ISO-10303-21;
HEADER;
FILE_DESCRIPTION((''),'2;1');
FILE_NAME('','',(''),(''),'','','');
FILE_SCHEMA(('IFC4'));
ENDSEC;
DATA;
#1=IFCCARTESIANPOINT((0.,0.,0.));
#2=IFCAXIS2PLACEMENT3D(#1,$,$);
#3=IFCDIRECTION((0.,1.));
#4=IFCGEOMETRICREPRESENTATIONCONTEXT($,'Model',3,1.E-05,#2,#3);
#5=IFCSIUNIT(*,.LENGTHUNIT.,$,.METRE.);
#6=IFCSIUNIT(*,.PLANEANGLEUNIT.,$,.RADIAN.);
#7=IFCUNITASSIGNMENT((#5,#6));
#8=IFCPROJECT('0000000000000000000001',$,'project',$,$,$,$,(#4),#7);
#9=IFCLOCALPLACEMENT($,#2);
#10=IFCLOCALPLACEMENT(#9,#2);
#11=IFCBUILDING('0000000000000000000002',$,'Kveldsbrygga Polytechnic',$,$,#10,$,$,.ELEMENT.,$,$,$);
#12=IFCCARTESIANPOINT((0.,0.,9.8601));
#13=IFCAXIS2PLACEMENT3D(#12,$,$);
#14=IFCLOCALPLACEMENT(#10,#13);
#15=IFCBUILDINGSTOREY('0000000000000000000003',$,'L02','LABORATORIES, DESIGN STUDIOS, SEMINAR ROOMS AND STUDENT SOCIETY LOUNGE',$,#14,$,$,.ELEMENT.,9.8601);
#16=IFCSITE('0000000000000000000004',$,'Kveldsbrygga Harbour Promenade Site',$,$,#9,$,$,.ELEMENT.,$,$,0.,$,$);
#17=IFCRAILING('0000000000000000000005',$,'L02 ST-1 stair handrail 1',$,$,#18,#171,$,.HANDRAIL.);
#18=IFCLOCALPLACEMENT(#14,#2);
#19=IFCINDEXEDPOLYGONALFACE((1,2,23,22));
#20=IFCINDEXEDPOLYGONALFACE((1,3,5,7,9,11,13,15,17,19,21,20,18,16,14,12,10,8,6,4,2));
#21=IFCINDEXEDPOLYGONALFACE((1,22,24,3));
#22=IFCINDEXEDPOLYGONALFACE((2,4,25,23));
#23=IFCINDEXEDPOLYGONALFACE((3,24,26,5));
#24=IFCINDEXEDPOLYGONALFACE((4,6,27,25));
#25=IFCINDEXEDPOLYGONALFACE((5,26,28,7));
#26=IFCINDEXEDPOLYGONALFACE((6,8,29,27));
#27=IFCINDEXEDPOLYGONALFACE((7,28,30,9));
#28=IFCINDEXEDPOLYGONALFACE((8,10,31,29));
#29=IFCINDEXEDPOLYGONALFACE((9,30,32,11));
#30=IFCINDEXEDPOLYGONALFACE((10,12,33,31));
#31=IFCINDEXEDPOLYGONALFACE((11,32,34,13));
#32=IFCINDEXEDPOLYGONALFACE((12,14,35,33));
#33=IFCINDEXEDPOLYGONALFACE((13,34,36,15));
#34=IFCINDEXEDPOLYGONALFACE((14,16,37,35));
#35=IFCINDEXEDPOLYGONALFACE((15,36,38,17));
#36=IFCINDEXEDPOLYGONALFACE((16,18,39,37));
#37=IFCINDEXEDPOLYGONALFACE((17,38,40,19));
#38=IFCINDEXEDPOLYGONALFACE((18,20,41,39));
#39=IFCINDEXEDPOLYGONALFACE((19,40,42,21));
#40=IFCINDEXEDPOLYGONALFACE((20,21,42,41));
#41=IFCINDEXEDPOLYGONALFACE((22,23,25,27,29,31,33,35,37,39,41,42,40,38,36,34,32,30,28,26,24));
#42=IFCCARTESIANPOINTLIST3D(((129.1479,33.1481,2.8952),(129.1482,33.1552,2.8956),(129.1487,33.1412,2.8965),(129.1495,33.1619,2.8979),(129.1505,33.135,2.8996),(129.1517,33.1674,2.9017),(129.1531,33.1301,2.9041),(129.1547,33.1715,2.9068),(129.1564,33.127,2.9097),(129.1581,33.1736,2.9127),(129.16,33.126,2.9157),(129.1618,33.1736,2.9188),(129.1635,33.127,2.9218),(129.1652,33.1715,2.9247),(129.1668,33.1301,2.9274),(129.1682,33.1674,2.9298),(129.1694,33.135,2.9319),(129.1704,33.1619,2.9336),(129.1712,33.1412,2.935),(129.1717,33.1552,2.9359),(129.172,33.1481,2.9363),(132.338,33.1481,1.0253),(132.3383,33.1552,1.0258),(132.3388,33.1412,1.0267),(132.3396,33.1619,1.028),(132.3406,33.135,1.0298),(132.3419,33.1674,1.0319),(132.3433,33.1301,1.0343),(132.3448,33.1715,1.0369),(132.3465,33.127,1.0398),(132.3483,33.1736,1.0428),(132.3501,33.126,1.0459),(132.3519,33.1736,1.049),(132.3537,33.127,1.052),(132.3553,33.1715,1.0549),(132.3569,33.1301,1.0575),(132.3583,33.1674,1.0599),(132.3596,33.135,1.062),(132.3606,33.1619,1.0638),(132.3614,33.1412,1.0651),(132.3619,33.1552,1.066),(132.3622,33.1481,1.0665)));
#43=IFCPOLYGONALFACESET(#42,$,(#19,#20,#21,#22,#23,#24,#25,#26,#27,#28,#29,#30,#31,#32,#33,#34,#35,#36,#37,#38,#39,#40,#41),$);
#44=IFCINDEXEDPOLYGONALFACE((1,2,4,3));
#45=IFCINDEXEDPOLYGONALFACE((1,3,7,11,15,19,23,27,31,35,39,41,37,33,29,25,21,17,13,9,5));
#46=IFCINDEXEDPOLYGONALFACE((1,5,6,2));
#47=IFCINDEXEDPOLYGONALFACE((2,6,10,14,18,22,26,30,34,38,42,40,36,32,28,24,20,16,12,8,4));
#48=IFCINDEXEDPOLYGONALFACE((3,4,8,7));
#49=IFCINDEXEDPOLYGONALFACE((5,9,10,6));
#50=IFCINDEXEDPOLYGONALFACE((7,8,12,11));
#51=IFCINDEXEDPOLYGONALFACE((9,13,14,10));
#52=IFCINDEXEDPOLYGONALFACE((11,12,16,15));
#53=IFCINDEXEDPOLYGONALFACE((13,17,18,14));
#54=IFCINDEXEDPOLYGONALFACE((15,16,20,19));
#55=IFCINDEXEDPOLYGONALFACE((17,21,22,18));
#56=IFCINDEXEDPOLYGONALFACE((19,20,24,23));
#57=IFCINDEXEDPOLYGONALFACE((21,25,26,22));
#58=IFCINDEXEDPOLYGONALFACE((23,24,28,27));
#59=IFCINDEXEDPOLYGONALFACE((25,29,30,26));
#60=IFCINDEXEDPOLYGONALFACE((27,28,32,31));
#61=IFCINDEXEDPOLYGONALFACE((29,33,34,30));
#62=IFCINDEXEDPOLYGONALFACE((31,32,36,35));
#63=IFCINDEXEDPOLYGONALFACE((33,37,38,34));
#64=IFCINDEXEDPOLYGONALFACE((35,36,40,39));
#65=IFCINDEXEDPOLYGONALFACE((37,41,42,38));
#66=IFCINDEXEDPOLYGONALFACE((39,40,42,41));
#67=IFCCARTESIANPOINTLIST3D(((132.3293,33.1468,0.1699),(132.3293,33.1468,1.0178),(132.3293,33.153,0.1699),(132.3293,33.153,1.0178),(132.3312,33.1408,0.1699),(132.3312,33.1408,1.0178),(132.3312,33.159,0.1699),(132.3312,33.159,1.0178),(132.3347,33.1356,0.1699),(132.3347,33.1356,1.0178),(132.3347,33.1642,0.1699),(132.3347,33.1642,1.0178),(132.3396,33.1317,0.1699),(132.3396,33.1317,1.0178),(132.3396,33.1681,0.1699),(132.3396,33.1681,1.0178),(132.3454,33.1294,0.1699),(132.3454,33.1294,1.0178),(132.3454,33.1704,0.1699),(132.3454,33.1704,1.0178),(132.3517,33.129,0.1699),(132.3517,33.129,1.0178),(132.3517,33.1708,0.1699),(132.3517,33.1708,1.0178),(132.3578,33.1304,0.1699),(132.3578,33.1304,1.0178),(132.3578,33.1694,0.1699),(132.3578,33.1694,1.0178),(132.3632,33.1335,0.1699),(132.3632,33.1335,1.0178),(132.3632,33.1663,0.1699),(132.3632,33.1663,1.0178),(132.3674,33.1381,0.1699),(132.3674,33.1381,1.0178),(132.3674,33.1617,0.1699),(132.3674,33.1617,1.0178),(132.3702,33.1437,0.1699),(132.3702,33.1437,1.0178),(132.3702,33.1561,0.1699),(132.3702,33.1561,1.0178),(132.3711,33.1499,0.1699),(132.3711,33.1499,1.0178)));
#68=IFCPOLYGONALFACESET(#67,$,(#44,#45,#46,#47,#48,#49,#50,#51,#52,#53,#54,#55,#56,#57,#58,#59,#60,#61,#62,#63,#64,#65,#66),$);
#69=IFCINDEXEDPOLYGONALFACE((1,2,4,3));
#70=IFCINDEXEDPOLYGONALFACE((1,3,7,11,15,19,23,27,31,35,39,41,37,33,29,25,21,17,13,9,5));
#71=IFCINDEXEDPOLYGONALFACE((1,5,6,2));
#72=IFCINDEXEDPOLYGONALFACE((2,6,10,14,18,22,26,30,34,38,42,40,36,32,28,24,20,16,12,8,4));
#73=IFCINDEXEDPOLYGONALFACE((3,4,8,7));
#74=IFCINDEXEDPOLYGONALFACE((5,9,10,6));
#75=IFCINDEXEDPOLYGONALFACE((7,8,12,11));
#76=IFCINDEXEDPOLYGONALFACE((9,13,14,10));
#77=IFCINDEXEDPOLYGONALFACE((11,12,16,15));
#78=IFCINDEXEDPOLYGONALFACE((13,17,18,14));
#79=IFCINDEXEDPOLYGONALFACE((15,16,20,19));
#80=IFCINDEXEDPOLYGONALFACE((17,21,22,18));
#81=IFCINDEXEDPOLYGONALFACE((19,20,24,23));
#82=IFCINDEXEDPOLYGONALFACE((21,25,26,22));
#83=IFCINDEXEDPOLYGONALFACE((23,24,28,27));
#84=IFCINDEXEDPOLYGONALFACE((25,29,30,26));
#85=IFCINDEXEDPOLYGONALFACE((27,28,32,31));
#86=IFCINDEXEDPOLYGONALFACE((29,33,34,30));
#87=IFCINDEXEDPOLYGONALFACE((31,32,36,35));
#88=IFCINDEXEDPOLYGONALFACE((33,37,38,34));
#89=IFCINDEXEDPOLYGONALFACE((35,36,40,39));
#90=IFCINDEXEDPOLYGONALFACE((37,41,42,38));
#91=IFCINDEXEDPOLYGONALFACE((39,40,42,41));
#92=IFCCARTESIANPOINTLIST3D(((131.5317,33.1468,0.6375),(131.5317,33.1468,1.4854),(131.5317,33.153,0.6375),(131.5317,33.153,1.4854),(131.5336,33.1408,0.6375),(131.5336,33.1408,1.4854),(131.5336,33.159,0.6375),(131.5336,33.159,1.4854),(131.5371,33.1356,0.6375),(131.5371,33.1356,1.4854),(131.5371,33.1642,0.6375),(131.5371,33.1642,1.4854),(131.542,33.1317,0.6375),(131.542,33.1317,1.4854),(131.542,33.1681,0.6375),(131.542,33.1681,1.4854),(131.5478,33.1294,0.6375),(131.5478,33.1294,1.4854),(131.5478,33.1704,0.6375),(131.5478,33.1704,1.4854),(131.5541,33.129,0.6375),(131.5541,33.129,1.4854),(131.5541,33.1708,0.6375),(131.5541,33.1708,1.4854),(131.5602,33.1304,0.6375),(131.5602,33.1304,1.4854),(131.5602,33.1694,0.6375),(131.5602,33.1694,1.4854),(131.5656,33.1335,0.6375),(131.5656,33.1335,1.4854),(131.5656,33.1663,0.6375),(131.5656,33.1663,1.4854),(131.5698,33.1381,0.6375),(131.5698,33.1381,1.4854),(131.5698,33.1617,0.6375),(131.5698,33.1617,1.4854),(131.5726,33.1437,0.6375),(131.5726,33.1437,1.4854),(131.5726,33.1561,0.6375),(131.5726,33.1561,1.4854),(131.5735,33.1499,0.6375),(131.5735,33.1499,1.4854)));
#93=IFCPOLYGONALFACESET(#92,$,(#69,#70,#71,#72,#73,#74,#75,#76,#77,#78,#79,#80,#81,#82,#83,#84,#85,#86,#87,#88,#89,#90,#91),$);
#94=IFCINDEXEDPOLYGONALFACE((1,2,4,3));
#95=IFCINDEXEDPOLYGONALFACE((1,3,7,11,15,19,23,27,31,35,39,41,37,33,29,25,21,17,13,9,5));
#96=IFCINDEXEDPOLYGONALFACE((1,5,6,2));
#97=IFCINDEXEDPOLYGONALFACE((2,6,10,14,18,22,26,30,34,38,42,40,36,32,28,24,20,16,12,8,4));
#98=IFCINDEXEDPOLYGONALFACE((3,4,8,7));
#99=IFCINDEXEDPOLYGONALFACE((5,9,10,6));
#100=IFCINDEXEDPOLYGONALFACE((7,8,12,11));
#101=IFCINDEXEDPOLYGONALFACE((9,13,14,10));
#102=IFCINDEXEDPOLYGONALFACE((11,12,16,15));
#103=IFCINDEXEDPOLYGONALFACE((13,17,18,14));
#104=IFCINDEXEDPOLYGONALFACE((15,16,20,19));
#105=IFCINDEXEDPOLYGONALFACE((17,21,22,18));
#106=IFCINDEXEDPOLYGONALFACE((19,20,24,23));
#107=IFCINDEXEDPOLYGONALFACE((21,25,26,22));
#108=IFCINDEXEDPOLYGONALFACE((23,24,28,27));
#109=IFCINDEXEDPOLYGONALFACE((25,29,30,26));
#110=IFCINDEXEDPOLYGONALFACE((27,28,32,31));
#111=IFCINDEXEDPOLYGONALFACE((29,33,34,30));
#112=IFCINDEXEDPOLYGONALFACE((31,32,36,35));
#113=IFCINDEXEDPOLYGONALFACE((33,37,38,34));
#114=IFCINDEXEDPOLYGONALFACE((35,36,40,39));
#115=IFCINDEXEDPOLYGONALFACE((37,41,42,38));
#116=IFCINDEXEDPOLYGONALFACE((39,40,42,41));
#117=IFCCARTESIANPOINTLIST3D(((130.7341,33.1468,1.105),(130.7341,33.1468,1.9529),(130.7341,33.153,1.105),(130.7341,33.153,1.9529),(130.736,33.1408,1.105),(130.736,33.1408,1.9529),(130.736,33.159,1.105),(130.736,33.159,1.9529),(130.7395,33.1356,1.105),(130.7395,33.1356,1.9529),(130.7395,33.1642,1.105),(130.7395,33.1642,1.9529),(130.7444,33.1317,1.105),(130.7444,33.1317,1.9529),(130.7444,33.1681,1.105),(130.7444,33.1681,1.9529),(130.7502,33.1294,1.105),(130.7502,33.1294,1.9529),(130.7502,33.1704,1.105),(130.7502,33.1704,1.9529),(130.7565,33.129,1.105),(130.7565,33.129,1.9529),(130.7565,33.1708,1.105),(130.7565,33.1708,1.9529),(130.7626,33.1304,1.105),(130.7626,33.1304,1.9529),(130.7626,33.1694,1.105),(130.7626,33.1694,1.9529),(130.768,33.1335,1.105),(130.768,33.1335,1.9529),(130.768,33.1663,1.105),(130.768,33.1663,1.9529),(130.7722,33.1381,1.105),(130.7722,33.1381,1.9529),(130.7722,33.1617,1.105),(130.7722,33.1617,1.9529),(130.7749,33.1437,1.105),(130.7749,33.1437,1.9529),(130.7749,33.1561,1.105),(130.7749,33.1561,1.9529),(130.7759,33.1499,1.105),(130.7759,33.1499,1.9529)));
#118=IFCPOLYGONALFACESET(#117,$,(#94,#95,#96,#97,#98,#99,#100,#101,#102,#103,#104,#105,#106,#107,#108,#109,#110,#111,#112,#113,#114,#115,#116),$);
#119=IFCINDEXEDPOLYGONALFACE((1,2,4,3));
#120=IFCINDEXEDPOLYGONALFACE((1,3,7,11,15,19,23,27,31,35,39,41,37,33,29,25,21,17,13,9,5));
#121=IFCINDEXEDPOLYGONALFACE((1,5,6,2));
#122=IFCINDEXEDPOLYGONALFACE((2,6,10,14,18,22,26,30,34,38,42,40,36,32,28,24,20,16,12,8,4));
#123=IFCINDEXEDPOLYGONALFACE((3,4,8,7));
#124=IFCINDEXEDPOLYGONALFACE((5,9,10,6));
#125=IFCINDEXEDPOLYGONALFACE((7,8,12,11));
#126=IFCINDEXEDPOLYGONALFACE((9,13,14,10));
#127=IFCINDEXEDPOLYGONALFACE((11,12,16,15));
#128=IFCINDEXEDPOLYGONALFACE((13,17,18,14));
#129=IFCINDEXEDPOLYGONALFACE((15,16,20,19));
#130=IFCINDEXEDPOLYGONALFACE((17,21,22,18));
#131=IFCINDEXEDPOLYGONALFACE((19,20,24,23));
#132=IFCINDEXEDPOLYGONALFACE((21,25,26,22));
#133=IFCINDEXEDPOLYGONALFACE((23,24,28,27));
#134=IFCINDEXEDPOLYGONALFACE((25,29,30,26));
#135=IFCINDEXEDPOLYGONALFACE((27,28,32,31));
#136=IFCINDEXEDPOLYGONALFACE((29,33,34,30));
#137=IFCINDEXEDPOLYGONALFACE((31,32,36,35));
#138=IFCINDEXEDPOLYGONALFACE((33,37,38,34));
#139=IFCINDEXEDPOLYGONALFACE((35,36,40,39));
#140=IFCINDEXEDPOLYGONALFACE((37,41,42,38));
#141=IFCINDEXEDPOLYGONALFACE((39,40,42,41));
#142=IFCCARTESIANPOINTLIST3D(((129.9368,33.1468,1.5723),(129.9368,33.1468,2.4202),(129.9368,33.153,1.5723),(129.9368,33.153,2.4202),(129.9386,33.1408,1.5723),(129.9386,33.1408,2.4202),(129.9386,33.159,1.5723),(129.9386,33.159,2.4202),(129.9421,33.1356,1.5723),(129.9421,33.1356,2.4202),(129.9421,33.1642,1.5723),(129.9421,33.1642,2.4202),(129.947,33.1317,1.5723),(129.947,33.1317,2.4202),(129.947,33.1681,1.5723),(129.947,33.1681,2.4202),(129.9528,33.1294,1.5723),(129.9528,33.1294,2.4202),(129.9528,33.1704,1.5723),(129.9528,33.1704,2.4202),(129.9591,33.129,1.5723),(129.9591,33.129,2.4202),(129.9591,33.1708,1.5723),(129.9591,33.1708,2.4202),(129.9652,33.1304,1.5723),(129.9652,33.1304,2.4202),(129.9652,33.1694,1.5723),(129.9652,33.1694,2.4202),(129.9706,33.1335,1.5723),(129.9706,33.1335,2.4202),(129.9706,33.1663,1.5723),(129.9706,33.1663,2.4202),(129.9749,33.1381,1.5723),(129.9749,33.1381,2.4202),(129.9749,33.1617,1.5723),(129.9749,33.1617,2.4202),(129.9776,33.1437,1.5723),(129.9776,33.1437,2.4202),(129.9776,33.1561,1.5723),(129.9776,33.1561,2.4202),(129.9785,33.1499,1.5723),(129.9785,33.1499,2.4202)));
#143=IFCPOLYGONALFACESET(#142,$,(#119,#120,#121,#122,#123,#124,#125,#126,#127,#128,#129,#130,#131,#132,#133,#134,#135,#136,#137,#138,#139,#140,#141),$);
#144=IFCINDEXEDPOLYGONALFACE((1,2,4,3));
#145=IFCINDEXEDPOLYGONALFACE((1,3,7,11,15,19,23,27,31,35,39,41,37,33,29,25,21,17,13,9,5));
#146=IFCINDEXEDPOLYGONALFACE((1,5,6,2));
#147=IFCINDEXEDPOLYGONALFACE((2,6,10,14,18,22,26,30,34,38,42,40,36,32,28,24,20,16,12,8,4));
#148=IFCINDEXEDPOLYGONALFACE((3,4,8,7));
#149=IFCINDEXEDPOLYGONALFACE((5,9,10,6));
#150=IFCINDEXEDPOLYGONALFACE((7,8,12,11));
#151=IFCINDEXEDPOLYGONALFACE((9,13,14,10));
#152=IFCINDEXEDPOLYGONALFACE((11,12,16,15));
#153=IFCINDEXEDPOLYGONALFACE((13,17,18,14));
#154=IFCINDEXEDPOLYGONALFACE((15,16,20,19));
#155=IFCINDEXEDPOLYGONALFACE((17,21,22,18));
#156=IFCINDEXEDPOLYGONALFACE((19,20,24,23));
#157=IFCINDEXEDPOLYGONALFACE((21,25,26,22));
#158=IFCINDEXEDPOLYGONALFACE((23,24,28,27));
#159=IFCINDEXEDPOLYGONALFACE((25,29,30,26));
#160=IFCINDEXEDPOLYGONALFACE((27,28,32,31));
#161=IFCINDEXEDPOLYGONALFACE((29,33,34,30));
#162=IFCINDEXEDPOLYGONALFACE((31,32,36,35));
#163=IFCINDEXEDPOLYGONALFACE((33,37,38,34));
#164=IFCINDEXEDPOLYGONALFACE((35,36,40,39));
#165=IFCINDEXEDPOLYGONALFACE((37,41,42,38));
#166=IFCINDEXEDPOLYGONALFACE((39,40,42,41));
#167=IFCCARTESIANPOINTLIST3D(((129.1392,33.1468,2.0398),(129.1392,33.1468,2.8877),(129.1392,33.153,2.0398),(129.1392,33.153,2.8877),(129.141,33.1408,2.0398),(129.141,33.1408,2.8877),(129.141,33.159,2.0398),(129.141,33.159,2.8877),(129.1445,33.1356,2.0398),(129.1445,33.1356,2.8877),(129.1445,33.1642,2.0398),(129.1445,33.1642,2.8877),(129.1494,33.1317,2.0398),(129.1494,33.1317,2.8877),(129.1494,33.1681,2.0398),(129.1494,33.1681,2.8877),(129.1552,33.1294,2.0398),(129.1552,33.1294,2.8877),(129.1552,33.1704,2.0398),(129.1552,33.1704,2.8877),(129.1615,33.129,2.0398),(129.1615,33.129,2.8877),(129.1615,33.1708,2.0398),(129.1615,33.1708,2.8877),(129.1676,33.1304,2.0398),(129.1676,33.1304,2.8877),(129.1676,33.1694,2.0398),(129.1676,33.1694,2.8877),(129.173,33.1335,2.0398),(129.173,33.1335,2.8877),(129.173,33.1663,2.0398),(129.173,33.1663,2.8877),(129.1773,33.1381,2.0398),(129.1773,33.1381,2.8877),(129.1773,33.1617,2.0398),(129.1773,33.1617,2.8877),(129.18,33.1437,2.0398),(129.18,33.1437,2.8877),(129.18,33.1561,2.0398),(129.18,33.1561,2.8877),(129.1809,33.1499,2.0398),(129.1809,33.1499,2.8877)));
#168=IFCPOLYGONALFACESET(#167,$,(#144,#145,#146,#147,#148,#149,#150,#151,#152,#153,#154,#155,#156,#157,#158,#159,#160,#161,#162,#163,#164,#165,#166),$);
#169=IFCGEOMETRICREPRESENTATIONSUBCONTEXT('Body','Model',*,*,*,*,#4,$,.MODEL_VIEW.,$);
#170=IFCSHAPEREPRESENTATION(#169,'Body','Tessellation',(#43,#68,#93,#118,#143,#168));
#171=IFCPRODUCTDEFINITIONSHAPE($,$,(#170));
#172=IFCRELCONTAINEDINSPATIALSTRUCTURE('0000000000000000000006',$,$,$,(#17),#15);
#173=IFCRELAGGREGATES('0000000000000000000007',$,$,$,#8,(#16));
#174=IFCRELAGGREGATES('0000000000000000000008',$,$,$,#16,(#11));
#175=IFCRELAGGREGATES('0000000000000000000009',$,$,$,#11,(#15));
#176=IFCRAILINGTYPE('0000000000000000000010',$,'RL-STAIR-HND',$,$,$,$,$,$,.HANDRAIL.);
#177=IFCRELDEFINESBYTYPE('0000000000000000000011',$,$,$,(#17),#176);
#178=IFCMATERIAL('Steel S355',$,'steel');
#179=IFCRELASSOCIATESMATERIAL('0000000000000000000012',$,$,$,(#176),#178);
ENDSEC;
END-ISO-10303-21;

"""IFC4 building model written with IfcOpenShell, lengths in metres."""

from ifc_helpers import new_model, si_unit, direction, frame, origin, origin_2d, place, context, subcontext, project, spatial, circle, extrude, material, type_object, element, save


model = new_model("IFC4")

# Units and contexts
model_context = context("Model", 3, precision=1e-05, world=origin(), true_north=direction((0.0, 1.0)))
body_context = subcontext(model_context, "Body", "Model", "MODEL_VIEW")
ifc_project = project(units=[si_unit("LENGTHUNIT", "METRE"), si_unit("PLANEANGLEUNIT", "RADIAN")], contexts=[model_context])

# Site, building, storey
site_placement = place(None, origin())
site = spatial("IfcSite", under=ifc_project, at=site_placement, Name="Kveldsbrygga Harbour Promenade Site", CompositionType="ELEMENT", RefElevation=0.0)
building_placement = place(site_placement, origin())
building = spatial("IfcBuilding", under=site, at=building_placement, Name="Kveldsbrygga Polytechnic", CompositionType="ELEMENT")
storey_placement = place(building_placement, frame((0.0, 0.0, 9.8601)))
storey = spatial("IfcBuildingStorey", under=building, at=storey_placement, Name="L02", Description="LABORATORIES, DESIGN STUDIOS, SEMINAR ROOMS AND STUDENT SOCIETY LOUNGE", CompositionType="ELEMENT", Elevation=9.8601)

# Shared definitions
ifc_material_1 = material(Name="Steel S355", Category="steel")

# Railing
railing_type_1 = type_object("IfcRailingType", Name="RL-STAIR-HND", PredefinedType="HANDRAIL", material=ifc_material_1)
railing_1_placement = place(storey_placement, frame((132.3501, 33.1499, 0.1699)))
element("IfcRailing", 1, at=railing_1_placement, inside=storey, type_object=railing_type_1, Name="L02 ST-1 stair handrail 1", PredefinedType="HANDRAIL", context=body_context, shape_type="SweptSolid", body=[
    extrude(circle(Radius=0.0239, at=origin_2d()), frame((0.0, 0.0, 0.876), z_axis=(-0.862726, 0.0, 0.505672), x_axis=(0.0, -1.0, 0.0)), (0.0, 0.0, 1.0), 3.6978),
    extrude(circle(Radius=0.021, at=origin_2d()), origin(), (0.0, 0.0, 1.0), 0.8479),
    extrude(circle(Radius=0.021, at=origin_2d()), frame((-0.7976, 0.0, 0.4675)), (0.0, 0.0, 1.0), 0.8479),
    extrude(circle(Radius=0.021, at=origin_2d()), frame((-1.5952, 0.0, 0.9351)), (0.0, 0.0, 1.0), 0.8479),
    extrude(circle(Radius=0.021, at=origin_2d()), frame((-2.3926, 0.0, 1.4023)), (0.0, 0.0, 1.0), 0.8479),
    extrude(circle(Radius=0.021, at=origin_2d()), frame((-3.1902, 0.0, 1.8699)), (0.0, 0.0, 1.0), 0.8479),
])

save(model, "model.ifc")
